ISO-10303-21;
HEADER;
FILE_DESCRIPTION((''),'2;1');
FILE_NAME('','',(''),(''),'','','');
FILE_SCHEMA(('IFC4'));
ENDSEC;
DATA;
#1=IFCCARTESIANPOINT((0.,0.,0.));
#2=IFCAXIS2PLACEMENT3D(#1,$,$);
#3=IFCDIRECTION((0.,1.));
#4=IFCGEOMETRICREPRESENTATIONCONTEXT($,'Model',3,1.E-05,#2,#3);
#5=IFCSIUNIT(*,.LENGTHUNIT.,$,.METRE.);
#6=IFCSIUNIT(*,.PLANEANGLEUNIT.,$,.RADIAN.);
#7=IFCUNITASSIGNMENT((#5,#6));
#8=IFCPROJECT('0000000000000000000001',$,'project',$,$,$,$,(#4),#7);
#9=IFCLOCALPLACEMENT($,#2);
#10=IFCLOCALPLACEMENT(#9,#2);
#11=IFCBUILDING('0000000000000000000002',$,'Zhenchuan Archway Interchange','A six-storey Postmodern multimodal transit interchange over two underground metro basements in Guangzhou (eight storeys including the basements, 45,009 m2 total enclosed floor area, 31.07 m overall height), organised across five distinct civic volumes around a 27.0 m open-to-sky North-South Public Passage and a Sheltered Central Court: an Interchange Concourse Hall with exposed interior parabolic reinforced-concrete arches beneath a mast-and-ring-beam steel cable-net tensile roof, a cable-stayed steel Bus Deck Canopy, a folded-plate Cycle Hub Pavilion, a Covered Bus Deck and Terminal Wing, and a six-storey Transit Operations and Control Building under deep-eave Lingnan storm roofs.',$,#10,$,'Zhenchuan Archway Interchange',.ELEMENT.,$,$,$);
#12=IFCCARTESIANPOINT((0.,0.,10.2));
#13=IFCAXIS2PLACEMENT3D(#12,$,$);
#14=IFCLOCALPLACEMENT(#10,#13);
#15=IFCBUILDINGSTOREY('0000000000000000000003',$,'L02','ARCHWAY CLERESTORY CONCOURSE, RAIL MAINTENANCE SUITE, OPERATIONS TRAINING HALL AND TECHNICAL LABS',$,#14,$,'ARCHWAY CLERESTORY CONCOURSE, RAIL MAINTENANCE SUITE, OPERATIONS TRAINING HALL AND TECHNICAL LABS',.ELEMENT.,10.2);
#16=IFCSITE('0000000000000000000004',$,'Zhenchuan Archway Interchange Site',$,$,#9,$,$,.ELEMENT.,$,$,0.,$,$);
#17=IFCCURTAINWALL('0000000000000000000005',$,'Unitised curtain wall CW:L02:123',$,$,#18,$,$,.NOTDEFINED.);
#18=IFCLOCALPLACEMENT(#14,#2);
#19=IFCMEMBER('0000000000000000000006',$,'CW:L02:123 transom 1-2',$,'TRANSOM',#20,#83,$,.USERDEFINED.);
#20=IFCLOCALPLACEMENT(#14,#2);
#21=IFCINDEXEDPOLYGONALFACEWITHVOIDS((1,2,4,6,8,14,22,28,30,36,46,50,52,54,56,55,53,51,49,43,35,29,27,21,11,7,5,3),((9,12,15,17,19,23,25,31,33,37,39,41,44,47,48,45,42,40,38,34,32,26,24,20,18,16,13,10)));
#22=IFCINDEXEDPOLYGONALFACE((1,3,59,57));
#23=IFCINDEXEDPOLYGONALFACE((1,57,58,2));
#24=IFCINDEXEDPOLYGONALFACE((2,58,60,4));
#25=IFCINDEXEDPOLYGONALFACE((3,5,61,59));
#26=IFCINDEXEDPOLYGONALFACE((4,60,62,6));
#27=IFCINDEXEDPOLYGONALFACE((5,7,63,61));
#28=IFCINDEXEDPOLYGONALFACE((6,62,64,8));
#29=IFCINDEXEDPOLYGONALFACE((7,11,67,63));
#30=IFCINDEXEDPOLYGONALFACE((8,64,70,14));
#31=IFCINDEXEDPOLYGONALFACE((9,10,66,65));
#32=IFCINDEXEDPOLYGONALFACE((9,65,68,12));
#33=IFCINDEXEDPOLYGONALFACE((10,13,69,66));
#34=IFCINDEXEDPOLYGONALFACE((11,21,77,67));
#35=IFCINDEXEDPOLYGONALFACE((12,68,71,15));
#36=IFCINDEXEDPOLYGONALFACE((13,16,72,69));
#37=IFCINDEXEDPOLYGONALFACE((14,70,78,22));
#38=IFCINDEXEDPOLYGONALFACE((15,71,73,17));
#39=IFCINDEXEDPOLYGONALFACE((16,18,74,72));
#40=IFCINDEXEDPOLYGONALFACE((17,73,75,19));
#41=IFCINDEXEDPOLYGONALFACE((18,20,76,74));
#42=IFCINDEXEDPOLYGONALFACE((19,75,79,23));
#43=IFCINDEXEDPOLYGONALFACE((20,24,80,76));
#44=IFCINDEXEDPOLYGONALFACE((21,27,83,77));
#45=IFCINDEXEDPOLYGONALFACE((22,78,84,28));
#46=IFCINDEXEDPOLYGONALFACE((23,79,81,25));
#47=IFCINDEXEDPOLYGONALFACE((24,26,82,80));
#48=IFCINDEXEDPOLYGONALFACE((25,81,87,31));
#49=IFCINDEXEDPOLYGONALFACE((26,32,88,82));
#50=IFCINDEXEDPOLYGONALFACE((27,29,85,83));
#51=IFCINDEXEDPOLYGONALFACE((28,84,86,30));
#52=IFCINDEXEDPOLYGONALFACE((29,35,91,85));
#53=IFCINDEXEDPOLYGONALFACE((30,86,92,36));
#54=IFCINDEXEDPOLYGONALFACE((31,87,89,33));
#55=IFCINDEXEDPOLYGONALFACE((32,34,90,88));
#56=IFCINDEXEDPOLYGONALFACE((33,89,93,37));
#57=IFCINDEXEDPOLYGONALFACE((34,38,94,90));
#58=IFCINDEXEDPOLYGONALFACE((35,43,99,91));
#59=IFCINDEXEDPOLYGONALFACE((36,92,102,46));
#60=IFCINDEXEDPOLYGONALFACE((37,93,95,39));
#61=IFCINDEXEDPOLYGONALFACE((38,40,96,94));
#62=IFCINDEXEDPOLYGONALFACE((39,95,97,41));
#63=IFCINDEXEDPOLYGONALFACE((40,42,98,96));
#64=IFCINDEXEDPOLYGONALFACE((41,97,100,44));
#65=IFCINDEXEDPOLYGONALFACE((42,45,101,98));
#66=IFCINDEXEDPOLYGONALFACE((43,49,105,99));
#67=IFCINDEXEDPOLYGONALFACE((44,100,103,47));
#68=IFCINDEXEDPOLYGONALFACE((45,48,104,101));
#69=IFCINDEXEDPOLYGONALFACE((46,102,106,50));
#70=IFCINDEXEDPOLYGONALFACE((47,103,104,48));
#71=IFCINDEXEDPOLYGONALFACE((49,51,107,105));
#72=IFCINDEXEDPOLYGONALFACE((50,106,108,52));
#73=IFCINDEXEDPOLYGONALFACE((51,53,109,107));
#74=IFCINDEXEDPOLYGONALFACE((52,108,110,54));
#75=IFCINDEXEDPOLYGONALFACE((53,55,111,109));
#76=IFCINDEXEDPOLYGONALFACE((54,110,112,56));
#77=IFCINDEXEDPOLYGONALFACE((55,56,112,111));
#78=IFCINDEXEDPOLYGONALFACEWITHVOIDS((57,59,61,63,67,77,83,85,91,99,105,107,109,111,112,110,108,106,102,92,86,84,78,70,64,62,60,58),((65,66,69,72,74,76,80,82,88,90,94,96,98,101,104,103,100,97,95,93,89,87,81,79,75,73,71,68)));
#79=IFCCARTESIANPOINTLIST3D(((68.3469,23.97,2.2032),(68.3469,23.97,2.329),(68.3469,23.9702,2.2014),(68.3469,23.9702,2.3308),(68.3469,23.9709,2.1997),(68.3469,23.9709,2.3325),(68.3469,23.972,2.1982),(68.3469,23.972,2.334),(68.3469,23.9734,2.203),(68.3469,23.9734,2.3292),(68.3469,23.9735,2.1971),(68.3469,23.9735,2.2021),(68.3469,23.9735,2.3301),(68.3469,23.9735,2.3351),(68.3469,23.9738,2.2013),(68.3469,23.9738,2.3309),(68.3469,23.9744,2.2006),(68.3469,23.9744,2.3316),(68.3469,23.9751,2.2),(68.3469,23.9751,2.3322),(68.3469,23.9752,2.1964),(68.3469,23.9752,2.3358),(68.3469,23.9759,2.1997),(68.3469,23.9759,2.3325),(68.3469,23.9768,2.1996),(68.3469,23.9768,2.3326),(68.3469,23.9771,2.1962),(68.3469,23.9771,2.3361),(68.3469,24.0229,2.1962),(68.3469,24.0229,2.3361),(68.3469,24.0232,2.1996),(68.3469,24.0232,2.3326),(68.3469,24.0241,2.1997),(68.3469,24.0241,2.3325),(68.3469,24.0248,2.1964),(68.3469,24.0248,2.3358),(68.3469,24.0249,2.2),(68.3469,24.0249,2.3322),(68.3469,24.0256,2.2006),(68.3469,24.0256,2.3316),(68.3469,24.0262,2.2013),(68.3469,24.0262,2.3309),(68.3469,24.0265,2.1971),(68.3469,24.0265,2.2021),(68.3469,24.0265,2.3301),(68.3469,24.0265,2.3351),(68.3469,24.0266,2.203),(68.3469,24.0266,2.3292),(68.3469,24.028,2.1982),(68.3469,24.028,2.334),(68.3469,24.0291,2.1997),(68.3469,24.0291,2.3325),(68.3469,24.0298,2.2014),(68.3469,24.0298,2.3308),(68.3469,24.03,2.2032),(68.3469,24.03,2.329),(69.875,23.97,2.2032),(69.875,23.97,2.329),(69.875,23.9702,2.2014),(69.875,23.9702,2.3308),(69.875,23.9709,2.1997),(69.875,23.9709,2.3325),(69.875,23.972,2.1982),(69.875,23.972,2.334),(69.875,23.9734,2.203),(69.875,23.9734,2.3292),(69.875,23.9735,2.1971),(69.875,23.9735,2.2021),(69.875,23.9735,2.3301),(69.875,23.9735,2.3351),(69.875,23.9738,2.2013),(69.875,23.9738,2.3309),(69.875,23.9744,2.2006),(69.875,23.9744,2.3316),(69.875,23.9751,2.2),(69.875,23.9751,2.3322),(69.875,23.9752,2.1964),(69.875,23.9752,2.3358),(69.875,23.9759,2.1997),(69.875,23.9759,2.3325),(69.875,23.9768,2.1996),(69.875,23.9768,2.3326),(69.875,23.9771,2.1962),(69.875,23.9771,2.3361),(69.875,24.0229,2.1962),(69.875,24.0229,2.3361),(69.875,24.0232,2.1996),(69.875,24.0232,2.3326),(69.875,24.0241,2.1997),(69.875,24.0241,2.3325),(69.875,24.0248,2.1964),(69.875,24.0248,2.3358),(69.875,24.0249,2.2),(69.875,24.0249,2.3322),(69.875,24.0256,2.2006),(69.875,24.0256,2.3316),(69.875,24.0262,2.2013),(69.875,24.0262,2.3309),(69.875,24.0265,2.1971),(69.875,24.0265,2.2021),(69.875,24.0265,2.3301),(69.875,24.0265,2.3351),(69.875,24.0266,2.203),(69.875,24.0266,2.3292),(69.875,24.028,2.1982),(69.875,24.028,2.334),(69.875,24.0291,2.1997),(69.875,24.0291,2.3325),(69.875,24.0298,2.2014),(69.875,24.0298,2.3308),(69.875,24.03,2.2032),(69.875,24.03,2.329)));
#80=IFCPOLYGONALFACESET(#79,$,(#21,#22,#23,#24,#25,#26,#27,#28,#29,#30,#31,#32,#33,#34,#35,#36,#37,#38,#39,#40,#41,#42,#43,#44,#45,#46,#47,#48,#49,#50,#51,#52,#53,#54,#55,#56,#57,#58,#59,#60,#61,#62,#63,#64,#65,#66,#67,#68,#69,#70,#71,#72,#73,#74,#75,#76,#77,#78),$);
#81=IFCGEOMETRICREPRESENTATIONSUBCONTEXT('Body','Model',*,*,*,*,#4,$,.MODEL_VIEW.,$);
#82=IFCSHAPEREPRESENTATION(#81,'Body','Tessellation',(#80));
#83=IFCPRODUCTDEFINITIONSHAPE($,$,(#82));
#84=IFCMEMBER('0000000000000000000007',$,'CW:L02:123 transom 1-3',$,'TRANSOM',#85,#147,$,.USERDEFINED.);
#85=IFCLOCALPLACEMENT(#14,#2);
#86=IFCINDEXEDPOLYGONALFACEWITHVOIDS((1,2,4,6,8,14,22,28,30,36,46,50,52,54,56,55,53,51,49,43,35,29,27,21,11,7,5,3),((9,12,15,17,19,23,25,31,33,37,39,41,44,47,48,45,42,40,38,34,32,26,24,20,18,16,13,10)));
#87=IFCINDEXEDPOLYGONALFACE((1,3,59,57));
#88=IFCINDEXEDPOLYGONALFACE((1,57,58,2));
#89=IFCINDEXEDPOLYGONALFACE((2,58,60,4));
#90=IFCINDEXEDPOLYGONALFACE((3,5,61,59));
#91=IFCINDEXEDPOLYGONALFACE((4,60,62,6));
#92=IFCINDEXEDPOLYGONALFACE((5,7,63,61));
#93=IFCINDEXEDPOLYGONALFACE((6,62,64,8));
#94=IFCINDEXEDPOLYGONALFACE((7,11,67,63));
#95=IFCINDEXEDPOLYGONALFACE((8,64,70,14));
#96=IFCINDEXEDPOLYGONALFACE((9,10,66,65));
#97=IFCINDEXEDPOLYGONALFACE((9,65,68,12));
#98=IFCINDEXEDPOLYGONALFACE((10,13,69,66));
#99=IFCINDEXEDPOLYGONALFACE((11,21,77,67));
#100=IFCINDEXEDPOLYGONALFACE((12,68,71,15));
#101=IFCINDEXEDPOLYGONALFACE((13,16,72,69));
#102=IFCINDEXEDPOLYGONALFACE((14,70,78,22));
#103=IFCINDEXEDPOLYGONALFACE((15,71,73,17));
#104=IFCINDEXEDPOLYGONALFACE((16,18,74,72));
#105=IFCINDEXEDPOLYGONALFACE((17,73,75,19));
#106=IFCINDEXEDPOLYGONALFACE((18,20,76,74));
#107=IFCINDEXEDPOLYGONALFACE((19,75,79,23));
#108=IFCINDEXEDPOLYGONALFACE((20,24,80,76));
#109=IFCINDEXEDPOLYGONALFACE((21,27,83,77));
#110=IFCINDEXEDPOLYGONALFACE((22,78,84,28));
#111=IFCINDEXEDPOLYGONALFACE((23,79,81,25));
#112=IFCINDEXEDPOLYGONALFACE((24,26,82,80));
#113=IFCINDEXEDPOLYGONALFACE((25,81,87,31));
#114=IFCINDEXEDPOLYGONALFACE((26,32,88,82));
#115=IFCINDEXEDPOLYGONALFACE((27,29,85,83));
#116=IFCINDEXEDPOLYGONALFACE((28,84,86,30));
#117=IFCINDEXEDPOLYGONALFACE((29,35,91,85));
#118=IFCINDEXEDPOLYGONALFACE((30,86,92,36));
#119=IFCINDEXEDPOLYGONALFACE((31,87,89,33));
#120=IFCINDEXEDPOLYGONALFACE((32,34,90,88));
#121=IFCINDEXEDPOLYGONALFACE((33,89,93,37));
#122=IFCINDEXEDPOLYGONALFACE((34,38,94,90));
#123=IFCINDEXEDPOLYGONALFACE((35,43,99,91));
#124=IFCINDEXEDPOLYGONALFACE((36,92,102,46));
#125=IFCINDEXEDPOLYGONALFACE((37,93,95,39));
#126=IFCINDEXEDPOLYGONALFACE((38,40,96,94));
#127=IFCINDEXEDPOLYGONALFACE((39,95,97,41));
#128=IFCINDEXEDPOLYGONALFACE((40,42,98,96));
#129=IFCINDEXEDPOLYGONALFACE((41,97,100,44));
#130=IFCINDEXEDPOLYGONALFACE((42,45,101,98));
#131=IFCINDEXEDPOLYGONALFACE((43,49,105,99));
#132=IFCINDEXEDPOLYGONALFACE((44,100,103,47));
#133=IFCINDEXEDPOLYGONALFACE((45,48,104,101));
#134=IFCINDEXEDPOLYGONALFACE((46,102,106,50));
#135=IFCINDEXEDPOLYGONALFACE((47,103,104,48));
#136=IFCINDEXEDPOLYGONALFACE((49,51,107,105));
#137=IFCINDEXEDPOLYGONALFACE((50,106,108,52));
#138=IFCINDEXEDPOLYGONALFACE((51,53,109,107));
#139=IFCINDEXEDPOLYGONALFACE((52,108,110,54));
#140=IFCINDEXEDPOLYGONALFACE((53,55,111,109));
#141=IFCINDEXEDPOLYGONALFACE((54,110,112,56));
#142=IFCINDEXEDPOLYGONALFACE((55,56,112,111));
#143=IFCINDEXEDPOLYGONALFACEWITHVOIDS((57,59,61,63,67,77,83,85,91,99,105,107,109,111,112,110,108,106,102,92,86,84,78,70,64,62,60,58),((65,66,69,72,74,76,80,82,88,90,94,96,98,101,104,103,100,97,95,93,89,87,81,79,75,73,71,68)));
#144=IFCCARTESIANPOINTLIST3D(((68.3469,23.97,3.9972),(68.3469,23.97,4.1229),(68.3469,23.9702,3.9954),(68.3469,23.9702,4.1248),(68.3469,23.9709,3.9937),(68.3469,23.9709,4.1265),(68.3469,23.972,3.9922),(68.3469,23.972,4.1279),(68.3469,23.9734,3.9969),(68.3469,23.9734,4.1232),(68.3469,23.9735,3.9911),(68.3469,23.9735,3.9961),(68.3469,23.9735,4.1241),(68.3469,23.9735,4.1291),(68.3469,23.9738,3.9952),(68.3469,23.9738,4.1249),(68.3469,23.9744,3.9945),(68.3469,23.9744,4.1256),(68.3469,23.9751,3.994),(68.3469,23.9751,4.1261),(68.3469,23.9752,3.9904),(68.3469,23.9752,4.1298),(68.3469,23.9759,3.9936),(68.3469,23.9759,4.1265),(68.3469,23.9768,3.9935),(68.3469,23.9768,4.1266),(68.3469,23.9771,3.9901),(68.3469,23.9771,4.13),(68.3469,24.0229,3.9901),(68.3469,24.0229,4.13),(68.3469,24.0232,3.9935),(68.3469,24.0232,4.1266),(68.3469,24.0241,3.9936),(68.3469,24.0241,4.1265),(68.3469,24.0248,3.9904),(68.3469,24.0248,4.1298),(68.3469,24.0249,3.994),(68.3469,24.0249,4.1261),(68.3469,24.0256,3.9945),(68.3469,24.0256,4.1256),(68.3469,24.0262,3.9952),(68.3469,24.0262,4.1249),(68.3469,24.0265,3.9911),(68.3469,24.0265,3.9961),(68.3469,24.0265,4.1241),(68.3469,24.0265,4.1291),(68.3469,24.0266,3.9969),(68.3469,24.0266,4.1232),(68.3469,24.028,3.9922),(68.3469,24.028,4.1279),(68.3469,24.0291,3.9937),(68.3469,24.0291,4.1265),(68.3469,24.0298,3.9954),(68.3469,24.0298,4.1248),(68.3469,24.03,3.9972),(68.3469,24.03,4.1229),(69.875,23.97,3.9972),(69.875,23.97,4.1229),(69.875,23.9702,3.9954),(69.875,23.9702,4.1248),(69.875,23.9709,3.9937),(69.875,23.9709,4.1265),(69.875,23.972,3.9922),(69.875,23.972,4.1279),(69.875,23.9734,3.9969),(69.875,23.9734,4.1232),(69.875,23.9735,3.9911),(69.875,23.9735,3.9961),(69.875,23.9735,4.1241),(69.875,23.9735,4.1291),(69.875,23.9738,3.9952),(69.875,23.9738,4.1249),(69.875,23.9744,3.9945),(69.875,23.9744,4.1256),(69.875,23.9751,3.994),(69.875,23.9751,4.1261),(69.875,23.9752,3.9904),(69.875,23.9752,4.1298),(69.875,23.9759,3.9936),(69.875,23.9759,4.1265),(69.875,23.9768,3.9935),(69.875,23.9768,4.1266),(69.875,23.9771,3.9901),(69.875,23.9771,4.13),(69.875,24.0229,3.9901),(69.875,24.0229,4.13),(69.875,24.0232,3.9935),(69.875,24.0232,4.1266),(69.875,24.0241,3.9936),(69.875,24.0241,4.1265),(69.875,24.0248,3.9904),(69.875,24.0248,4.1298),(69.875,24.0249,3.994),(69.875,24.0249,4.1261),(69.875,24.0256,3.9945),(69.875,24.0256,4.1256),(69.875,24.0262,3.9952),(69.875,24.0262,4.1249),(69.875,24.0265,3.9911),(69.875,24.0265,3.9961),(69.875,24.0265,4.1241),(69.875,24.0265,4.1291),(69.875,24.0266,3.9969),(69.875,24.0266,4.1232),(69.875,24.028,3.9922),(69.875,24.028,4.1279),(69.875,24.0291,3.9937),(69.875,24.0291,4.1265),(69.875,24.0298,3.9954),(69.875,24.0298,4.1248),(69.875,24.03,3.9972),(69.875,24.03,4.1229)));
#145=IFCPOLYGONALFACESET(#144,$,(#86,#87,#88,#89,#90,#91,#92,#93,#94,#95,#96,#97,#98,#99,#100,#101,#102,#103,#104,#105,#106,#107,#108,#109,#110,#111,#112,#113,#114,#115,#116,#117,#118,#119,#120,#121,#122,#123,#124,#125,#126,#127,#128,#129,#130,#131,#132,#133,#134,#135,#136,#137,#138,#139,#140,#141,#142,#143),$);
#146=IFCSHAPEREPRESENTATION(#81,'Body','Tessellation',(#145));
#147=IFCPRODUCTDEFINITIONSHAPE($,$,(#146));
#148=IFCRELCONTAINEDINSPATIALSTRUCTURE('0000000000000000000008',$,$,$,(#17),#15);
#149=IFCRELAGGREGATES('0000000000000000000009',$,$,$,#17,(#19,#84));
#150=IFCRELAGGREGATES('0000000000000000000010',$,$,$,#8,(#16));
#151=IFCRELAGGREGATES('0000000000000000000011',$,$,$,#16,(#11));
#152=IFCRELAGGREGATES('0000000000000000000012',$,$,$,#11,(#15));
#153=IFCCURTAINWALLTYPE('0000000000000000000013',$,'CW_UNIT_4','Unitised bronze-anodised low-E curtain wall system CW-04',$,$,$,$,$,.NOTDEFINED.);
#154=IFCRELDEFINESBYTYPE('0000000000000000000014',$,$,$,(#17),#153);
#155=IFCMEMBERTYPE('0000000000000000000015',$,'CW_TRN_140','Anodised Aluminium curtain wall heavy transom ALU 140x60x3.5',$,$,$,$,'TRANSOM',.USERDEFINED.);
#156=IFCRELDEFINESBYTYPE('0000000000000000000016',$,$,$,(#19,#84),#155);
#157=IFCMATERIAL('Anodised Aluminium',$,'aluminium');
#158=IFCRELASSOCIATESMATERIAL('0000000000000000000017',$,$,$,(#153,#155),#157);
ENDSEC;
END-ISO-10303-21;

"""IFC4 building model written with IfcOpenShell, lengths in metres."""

from ifc_helpers import new_model, si_unit, direction, frame, origin, origin_2d, place, context, subcontext, project, spatial, hollow_rectangle, extrude, material, material_profile, profile_set, type_object, element, aggregate, save


model = new_model("IFC4")

# Units and contexts
model_context = context("Model", 3, precision=1e-05, world=origin(), true_north=direction((0.0, 1.0)))
body_context = subcontext(model_context, "Body", "Model", "MODEL_VIEW")
ifc_project = project(units=[si_unit("LENGTHUNIT", "METRE"), si_unit("PLANEANGLEUNIT", "RADIAN")], contexts=[model_context])

# Site, building, storey
site_placement = place(None, origin())
site = spatial("IfcSite", under=ifc_project, at=site_placement, Name="Zhenchuan Archway Interchange Site", CompositionType="ELEMENT", RefElevation=0.0)
building_placement = place(site_placement, origin())
building = spatial("IfcBuilding", under=site, at=building_placement, Name="Zhenchuan Archway Interchange", Description="A six-storey Postmodern multimodal transit interchange over two underground metro basements in Guangzhou (eight storeys including the basements, 45,009 m2 total enclosed floor area, 31.07 m overall height), organised across five distinct civic volumes around a 27.0 m open-to-sky North-South Public Passage and a Sheltered Central Court: an Interchange Concourse Hall with exposed interior parabolic reinforced-concrete arches beneath a mast-and-ring-beam steel cable-net tensile roof, a cable-stayed steel Bus Deck Canopy, a folded-plate Cycle Hub Pavilion, a Covered Bus Deck and Terminal Wing, and a six-storey Transit Operations and Control Building under deep-eave Lingnan storm roofs.", LongName="Zhenchuan Archway Interchange", CompositionType="ELEMENT")
storey_placement = place(building_placement, frame((0.0, 0.0, 10.2)))
storey = spatial("IfcBuildingStorey", under=building, at=storey_placement, Name="L02", Description="ARCHWAY CLERESTORY CONCOURSE, RAIL MAINTENANCE SUITE, OPERATIONS TRAINING HALL AND TECHNICAL LABS", LongName="ARCHWAY CLERESTORY CONCOURSE, RAIL MAINTENANCE SUITE, OPERATIONS TRAINING HALL AND TECHNICAL LABS", CompositionType="ELEMENT", Elevation=10.2)

# Curtain wall, members
ifc_material_1 = material(Name="Anodised Aluminium", Category="aluminium")
curtain_wall_type = type_object("IfcCurtainWallType", Name="CW_UNIT_4", Description="Unitised bronze-anodised low-E curtain wall system CW-04", PredefinedType="NOTDEFINED", material=ifc_material_1)
curtain_wall_placement = place(storey_placement, origin())
curtain_wall = element("IfcCurtainWall", 1, at=curtain_wall_placement, inside=storey, type_object=curtain_wall_type, Name="Unitised curtain wall CW:L02:123", PredefinedType="NOTDEFINED")
ifc_material_profile_1 = material_profile(ifc_material_1, hollow_rectangle(XDim=0.0601, YDim=0.1399, WallThickness=0.0034, InnerFilletRadius=0.0034, OuterFilletRadius=0.0071, at=origin_2d()), Name="ALU 140x60x3.5")
ifc_profile_set_1 = profile_set([ifc_material_profile_1], Name="Anodised Aluminium")
member_type_1 = type_object("IfcMemberType", Name="CW_TRN_140", Description="Anodised Aluminium curtain wall heavy transom ALU 140x60x3.5", ElementType="TRANSOM", PredefinedType="USERDEFINED", material=ifc_profile_set_1)
member_1_placement = place(storey_placement, frame((69.875, 24.0, 2.2661), z_axis=(-1.0, 0.0, 0.0), x_axis=(0.0, -1.0, 0.0)))
member_1 = element("IfcMember", 2, at=member_1_placement, type_object=member_type_1, Name="CW:L02:123 transom 1-2", ObjectType="TRANSOM", PredefinedType="USERDEFINED", context=body_context, shape_type="SweptSolid", body=[
    extrude(hollow_rectangle(XDim=0.0601, YDim=0.1399, WallThickness=0.0034, InnerFilletRadius=0.0034, OuterFilletRadius=0.0071, at=origin_2d()), origin(), (0.0, 0.0, 1.0), 1.5281),
])
member_2_placement = place(storey_placement, frame((69.875, 24.0, 4.0601), z_axis=(-1.0, 0.0, 0.0), x_axis=(0.0, -1.0, 0.0)))
member_2 = element("IfcMember", 3, at=member_2_placement, type_object=member_type_1, Name="CW:L02:123 transom 1-3", ObjectType="TRANSOM", PredefinedType="USERDEFINED", context=body_context, shape_type="SweptSolid", body=[
    extrude(hollow_rectangle(XDim=0.0601, YDim=0.1399, WallThickness=0.0034, InnerFilletRadius=0.0034, OuterFilletRadius=0.0071, at=origin_2d()), origin(), (0.0, 0.0, 1.0), 1.5281),
])

aggregate(curtain_wall, [member_1, member_2])

save(model, "model.ifc")
